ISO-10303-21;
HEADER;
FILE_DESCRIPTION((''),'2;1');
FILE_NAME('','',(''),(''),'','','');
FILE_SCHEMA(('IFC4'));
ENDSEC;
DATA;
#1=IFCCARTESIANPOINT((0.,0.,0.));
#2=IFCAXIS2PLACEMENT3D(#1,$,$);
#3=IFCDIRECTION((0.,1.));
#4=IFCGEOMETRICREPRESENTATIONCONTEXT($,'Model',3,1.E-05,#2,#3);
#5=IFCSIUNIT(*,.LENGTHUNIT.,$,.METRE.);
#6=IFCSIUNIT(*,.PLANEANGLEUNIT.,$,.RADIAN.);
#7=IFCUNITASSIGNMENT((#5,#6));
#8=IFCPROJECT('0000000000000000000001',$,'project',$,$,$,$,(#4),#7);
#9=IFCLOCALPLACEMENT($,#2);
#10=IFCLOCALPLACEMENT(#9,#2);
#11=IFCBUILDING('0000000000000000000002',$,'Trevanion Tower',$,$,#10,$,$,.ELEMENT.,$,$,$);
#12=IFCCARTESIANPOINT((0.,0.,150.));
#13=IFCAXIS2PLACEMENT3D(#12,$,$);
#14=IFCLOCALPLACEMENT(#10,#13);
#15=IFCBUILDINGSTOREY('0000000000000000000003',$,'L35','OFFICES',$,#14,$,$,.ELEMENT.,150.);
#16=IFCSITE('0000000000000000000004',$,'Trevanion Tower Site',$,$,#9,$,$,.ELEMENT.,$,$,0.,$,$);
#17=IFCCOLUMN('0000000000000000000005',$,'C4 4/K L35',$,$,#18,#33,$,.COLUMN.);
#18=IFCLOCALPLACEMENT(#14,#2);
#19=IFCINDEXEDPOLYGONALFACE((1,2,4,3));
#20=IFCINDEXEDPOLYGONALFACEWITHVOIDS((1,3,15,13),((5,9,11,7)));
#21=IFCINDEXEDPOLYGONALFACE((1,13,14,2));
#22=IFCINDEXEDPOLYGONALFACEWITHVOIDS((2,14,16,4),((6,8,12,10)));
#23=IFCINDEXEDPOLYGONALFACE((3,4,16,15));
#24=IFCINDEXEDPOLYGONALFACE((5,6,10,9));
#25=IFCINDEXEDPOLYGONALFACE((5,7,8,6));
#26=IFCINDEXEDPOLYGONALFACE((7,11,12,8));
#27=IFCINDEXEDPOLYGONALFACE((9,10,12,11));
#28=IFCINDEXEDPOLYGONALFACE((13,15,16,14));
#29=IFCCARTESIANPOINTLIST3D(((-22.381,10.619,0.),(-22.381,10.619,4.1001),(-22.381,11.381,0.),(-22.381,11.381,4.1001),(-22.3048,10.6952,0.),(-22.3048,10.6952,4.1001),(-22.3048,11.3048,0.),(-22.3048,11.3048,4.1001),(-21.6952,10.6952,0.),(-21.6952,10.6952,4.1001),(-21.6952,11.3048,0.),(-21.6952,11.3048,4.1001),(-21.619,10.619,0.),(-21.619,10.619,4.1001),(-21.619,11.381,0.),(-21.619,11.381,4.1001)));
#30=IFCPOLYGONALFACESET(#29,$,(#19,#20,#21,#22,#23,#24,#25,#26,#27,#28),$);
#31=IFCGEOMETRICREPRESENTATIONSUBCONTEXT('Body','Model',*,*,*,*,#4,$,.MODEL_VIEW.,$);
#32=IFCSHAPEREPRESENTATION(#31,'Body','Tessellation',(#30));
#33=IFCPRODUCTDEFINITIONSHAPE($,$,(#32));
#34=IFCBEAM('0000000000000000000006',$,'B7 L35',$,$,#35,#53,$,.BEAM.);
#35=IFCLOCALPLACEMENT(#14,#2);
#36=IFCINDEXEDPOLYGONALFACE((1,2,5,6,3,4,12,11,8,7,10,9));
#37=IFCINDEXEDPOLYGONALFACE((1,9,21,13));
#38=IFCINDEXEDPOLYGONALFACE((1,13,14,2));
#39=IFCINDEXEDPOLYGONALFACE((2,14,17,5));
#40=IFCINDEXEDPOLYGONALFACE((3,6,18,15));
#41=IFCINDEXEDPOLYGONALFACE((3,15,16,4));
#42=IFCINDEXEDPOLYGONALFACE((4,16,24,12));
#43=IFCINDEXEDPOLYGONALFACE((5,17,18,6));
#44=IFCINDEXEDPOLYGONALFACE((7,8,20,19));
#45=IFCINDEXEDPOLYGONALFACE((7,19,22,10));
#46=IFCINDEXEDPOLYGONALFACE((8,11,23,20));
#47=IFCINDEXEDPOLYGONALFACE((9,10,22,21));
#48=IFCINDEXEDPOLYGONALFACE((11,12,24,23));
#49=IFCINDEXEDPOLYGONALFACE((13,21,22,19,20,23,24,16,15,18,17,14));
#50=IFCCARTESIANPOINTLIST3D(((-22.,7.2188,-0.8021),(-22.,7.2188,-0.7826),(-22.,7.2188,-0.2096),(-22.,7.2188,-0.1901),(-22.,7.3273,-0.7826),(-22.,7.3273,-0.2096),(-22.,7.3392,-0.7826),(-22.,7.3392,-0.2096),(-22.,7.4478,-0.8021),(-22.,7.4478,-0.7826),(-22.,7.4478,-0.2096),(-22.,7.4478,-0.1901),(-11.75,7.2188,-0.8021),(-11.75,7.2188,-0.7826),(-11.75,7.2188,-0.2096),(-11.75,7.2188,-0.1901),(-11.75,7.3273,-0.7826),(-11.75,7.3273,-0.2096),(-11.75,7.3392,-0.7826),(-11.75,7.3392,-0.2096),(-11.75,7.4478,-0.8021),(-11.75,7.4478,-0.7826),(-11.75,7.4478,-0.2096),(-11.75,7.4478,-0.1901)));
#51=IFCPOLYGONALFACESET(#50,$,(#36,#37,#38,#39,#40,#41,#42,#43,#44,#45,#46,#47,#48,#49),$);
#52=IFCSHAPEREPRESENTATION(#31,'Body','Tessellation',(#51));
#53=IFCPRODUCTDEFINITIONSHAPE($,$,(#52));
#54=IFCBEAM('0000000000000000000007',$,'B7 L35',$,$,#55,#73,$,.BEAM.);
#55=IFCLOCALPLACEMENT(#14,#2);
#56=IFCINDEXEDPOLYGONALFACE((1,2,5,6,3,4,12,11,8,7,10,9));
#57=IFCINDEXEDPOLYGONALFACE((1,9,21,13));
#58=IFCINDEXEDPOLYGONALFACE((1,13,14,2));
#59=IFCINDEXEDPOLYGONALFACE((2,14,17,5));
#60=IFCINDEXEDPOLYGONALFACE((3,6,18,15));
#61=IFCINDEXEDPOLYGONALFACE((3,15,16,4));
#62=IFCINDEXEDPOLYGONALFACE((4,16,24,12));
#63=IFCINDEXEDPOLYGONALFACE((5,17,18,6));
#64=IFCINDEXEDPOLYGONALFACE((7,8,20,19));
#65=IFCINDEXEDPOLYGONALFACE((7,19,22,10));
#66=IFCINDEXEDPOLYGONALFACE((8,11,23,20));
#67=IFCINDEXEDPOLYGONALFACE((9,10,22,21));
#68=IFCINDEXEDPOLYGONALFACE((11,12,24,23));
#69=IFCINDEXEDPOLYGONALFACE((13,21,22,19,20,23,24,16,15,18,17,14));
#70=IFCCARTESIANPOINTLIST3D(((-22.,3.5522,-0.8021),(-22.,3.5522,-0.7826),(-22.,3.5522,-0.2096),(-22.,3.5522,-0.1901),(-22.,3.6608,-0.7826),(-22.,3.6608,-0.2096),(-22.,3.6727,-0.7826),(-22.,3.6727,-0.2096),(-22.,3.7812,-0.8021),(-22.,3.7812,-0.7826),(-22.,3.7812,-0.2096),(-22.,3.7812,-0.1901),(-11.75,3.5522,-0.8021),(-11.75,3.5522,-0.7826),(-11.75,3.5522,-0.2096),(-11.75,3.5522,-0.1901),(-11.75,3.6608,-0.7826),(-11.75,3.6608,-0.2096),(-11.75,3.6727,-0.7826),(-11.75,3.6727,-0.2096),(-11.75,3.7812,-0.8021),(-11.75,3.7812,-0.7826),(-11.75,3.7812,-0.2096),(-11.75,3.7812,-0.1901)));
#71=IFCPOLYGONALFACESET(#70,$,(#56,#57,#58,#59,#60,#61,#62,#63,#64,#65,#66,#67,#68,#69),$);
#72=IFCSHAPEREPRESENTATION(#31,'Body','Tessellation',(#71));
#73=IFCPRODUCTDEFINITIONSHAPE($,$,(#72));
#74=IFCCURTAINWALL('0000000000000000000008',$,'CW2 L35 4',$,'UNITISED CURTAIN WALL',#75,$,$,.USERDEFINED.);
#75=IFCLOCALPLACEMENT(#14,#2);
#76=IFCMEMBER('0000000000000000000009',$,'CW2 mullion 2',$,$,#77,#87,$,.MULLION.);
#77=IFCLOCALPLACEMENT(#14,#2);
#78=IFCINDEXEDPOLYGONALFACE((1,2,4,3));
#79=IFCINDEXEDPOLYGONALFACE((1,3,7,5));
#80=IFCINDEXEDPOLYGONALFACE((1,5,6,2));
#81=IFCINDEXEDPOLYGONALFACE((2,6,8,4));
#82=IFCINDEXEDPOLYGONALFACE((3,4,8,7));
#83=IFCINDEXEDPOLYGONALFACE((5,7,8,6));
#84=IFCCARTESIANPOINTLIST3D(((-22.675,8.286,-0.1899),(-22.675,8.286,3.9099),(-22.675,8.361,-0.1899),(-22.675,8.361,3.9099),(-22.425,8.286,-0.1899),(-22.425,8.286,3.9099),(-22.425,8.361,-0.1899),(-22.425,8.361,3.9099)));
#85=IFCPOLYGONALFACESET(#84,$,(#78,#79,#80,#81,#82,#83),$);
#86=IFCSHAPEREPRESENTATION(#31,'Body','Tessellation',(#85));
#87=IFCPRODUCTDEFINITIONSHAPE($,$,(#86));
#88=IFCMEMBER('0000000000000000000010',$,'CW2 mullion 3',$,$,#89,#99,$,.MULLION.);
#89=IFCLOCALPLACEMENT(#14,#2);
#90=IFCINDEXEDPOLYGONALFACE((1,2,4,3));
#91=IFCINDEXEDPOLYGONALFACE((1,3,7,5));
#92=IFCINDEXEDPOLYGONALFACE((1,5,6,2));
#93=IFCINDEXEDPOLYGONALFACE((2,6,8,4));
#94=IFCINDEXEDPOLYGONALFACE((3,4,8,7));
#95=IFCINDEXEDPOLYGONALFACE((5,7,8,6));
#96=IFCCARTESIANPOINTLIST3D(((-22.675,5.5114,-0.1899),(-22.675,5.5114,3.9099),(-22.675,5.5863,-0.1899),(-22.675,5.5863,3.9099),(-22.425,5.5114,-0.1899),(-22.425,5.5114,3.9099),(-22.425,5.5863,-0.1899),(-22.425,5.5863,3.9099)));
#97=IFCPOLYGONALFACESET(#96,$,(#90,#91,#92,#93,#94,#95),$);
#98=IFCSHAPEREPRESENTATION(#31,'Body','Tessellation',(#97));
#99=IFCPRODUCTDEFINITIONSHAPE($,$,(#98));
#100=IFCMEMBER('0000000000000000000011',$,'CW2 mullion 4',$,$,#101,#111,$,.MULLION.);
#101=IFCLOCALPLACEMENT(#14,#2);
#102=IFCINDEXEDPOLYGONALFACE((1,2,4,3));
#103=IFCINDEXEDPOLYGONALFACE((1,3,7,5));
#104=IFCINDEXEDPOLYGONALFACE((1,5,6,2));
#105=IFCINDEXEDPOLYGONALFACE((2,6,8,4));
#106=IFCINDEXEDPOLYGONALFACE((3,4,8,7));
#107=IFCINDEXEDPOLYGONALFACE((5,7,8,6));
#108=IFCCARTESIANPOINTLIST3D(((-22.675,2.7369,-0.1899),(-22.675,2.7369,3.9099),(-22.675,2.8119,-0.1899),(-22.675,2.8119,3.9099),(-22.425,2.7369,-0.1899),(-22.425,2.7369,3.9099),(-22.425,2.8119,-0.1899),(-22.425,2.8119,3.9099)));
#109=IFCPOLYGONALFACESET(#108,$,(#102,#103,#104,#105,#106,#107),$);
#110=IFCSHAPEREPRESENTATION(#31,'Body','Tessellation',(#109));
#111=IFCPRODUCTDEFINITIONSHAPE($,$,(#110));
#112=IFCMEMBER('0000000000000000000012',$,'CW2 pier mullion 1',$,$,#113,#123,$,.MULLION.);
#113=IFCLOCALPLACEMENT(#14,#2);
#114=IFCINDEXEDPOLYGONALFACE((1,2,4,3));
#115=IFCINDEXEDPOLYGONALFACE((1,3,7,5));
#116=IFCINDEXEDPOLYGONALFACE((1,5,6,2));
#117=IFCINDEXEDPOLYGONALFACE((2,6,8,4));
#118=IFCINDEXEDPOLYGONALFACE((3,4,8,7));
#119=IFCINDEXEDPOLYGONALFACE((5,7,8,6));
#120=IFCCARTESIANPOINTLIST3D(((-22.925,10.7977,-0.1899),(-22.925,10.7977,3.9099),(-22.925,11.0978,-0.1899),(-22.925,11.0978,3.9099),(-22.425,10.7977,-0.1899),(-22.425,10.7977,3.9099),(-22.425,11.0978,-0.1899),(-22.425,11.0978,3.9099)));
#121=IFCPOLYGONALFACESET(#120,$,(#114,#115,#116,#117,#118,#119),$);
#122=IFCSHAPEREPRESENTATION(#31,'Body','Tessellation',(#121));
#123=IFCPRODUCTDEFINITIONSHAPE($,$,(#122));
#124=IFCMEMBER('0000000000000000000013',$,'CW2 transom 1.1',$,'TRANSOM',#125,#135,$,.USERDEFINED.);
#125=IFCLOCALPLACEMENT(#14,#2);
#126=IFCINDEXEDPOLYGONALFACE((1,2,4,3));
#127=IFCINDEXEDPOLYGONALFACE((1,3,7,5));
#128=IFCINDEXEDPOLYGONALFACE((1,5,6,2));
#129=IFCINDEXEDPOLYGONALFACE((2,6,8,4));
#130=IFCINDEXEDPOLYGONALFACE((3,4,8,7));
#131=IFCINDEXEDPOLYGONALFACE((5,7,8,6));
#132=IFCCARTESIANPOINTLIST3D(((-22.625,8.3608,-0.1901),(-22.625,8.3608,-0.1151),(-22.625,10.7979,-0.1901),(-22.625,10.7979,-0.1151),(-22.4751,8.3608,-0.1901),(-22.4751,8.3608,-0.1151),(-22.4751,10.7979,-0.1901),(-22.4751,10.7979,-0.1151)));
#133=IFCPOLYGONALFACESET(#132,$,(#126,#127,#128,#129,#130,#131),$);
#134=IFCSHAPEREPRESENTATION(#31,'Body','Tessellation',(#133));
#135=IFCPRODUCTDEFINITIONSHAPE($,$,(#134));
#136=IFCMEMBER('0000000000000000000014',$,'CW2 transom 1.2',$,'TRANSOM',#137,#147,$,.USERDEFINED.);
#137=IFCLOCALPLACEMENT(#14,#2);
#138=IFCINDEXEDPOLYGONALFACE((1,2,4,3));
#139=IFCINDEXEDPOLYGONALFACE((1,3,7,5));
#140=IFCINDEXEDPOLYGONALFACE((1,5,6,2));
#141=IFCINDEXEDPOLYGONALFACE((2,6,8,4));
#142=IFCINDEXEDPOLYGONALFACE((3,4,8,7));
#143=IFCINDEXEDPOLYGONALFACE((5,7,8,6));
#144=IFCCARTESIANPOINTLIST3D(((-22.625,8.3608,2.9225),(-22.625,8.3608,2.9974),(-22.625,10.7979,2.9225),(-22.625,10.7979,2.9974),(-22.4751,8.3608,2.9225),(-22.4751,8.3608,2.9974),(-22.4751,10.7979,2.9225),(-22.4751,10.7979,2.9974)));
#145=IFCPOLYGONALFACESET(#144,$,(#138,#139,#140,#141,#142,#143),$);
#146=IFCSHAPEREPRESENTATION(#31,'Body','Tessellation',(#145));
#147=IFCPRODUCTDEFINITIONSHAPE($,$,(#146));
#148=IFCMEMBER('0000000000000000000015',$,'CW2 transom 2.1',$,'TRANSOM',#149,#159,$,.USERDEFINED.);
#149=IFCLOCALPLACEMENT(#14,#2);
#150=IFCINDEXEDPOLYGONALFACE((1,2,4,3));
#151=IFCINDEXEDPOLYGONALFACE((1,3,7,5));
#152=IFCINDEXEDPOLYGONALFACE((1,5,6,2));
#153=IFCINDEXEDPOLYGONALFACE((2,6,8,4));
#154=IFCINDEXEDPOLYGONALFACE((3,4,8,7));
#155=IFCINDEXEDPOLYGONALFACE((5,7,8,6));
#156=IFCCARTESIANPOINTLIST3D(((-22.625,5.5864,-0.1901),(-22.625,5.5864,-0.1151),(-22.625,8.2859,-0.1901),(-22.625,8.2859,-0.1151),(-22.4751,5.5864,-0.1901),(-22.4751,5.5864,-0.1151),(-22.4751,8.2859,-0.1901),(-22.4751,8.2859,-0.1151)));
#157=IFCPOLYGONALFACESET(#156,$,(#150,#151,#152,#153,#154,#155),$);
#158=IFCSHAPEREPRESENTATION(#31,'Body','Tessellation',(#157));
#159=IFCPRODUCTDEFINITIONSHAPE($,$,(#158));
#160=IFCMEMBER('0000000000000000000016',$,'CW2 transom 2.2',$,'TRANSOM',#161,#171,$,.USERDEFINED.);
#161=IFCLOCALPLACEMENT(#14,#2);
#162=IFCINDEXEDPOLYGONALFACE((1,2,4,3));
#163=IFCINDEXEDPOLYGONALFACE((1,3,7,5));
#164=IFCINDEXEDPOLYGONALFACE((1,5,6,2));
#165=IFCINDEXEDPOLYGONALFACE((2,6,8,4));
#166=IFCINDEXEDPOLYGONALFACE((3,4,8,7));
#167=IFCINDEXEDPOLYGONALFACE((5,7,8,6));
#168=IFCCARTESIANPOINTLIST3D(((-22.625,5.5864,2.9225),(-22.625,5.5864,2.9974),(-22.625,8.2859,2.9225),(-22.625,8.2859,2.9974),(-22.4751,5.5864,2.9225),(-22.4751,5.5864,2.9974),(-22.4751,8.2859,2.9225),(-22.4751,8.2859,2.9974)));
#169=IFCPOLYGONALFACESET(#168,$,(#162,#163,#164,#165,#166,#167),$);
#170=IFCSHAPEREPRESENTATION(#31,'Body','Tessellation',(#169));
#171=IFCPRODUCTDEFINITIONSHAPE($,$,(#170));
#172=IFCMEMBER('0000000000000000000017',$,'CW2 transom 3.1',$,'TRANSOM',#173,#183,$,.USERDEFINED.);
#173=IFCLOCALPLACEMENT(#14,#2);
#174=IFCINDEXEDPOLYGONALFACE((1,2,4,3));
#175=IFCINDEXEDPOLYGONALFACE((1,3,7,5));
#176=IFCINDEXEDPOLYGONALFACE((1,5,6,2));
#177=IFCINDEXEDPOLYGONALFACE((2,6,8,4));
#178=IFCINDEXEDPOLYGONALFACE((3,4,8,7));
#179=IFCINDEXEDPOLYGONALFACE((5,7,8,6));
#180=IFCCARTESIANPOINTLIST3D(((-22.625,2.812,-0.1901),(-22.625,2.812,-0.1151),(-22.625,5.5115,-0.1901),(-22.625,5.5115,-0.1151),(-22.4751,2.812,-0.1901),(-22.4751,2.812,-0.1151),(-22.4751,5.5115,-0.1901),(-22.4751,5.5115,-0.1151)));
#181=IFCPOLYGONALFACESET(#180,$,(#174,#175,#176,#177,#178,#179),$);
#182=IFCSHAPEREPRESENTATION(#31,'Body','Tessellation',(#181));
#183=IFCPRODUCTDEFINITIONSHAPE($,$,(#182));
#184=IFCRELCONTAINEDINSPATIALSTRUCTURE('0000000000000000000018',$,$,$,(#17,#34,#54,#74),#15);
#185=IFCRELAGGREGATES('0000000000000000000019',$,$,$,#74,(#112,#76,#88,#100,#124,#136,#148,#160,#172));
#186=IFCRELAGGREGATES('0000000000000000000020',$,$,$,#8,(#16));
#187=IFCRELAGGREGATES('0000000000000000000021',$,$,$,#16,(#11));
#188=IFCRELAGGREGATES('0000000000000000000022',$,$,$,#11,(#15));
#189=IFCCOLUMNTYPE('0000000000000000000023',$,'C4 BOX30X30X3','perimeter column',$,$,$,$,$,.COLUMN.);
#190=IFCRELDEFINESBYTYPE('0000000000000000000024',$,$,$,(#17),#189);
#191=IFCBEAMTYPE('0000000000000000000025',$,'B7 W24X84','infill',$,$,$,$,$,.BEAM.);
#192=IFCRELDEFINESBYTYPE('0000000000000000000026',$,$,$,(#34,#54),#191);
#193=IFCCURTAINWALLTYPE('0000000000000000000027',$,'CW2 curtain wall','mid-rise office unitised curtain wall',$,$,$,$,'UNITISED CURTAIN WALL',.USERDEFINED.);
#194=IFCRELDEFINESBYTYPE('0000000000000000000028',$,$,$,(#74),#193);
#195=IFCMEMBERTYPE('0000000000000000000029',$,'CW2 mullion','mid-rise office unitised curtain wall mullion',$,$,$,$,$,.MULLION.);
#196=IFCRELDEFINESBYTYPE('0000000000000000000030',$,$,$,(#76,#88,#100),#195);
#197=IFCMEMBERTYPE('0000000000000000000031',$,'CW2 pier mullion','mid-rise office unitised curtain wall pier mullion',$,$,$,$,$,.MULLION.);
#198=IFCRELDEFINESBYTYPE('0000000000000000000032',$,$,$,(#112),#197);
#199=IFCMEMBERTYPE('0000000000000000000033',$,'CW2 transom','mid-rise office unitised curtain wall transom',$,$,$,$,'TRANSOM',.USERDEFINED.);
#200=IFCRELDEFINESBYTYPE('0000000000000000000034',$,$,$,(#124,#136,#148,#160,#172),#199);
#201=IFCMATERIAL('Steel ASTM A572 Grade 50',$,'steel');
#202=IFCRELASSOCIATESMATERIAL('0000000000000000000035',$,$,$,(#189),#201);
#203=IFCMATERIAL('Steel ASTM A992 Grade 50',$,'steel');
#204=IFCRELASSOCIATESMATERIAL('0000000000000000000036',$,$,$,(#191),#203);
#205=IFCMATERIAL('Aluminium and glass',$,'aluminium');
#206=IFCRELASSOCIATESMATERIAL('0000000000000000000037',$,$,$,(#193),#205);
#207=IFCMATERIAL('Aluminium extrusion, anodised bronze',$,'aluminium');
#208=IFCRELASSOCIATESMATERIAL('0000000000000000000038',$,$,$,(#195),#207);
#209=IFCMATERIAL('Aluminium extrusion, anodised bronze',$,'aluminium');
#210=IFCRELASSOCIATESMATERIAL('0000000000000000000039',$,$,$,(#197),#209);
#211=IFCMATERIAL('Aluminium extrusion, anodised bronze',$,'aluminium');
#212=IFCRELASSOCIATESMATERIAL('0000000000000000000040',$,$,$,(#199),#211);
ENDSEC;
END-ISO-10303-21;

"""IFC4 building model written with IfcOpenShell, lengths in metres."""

from ifc_helpers import new_model, si_unit, direction, frame, origin, origin_2d, place, context, subcontext, project, spatial, rectangle, hollow_rectangle, i_section, extrude, material, material_profile, profile_set, type_object, element, aggregate, save


model = new_model("IFC4")

# Units and contexts
model_context = context("Model", 3, precision=1e-05, world=origin(), true_north=direction((0.0, 1.0)))
body_context = subcontext(model_context, "Body", "Model", "MODEL_VIEW")
ifc_project = project(units=[si_unit("LENGTHUNIT", "METRE"), si_unit("PLANEANGLEUNIT", "RADIAN")], contexts=[model_context])

# Site, building, storey
site_placement = place(None, origin())
site = spatial("IfcSite", under=ifc_project, at=site_placement, Name="Trevanion Tower Site", CompositionType="ELEMENT", RefElevation=0.0)
building_placement = place(site_placement, origin())
building = spatial("IfcBuilding", under=site, at=building_placement, Name="Trevanion Tower", CompositionType="ELEMENT")
storey_placement = place(building_placement, frame((0.0, 0.0, 150.0)))
storey = spatial("IfcBuildingStorey", under=building, at=storey_placement, Name="L35", Description="OFFICES", CompositionType="ELEMENT", Elevation=150.0)

# Column
ifc_material_1 = material(Name="Steel ASTM A572 Grade 50", Category="steel")
ifc_material_profile_1 = material_profile(ifc_material_1, hollow_rectangle(XDim=0.762, YDim=0.762, WallThickness=0.0762, at=origin_2d()), Name="BOX30X30X3")
ifc_profile_set_1 = profile_set([ifc_material_profile_1], Name="Steel ASTM A572 Grade 50")
column_type = type_object("IfcColumnType", Name="C4 BOX30X30X3", Description="perimeter column", PredefinedType="COLUMN", material=ifc_profile_set_1)
column_placement = place(storey_placement, frame((-22.0, 11.0, 0.0), z_axis=(0.0, 0.0, 1.0), x_axis=(0.0, 1.0, 0.0)))
element("IfcColumn", 1, at=column_placement, inside=storey, type_object=column_type, Name="C4 4/K L35", PredefinedType="COLUMN", context=body_context, shape_type="SweptSolid", body=[
    extrude(hollow_rectangle(XDim=0.762, YDim=0.762, WallThickness=0.0762, at=origin_2d()), origin(), (0.0, 0.0, 1.0), 4.1001),
])

# Beams
ifc_material_2 = material(Name="Steel ASTM A992 Grade 50", Category="steel")
ifc_material_profile_2 = material_profile(ifc_material_2, i_section(OverallWidth=0.229, OverallDepth=0.6121, WebThickness=0.012, FlangeThickness=0.0195, at=origin_2d()), Name="W24X84")
ifc_profile_set_2 = profile_set([ifc_material_profile_2], Name="Steel ASTM A992 Grade 50")
beam_type_1 = type_object("IfcBeamType", Name="B7 W24X84", Description="infill", PredefinedType="BEAM", material=ifc_profile_set_2)
for number, where, z_axis, x_axis, name in (
    (2, (-11.75, 7.3333, -0.4961), (-1.0, 0.0, 0.0), (0.0, -1.0, 0.0), "B7 L35"),
    (3, (-11.75, 3.6667, -0.4961), (-1.0, 0.0, 0.0), (0.0, -1.0, 0.0), "B7 L35"),
):
    element("IfcBeam", number, at=place(storey_placement, frame(where, z_axis=z_axis, x_axis=x_axis)), inside=storey, type_object=beam_type_1, Name=name, PredefinedType="BEAM", context=body_context, shape_type="SweptSolid", body=[
        extrude(i_section(OverallWidth=0.229, OverallDepth=0.6121, WebThickness=0.012, FlangeThickness=0.0195, at=origin_2d()), origin(), (0.0, 0.0, 1.0), 10.25),
    ])

# Curtain wall, members
ifc_material_3 = material(Name="Aluminium and glass", Category="aluminium")
curtain_wall_type = type_object("IfcCurtainWallType", Name="CW2 curtain wall", Description="mid-rise office unitised curtain wall", ElementType="UNITISED CURTAIN WALL", PredefinedType="USERDEFINED", material=ifc_material_3)
curtain_wall_placement = place(storey_placement, origin())
curtain_wall = element("IfcCurtainWall", 4, at=curtain_wall_placement, inside=storey, type_object=curtain_wall_type, Name="CW2 L35 4", ObjectType="UNITISED CURTAIN WALL", PredefinedType="USERDEFINED")
ifc_material_4 = material(Name="Aluminium extrusion, anodised bronze", Category="aluminium")
ifc_material_profile_3 = material_profile(ifc_material_4, rectangle(XDim=0.075, YDim=0.25, at=origin_2d()), Name="CW2 mullion")
ifc_profile_set_3 = profile_set([ifc_material_profile_3], Name="Aluminium extrusion, anodised bronze")
member_type_1 = type_object("IfcMemberType", Name="CW2 mullion", Description="mid-rise office unitised curtain wall mullion", PredefinedType="MULLION", material=ifc_profile_set_3)
member_1_placement = place(storey_placement, frame((-22.55, 8.3235, -0.1899), z_axis=(0.0, 0.0, 1.0), x_axis=(0.0, -1.0, 0.0)))
member_1 = element("IfcMember", 5, at=member_1_placement, type_object=member_type_1, Name="CW2 mullion 2", PredefinedType="MULLION", context=body_context, shape_type="SweptSolid", body=[
    extrude(rectangle(XDim=0.075, YDim=0.25, at=origin_2d()), origin(), (0.0, 0.0, 1.0), 4.0999),
])
member_2_placement = place(storey_placement, frame((-22.55, 5.5488, -0.1899), z_axis=(0.0, 0.0, 1.0), x_axis=(0.0, -1.0, 0.0)))
member_2 = element("IfcMember", 6, at=member_2_placement, type_object=member_type_1, Name="CW2 mullion 3", PredefinedType="MULLION", context=body_context, shape_type="SweptSolid", body=[
    extrude(rectangle(XDim=0.075, YDim=0.25, at=origin_2d()), origin(), (0.0, 0.0, 1.0), 4.0999),
])
member_3_placement = place(storey_placement, frame((-22.55, 2.7744, -0.1899), z_axis=(0.0, 0.0, 1.0), x_axis=(0.0, -1.0, 0.0)))
member_3 = element("IfcMember", 7, at=member_3_placement, type_object=member_type_1, Name="CW2 mullion 4", PredefinedType="MULLION", context=body_context, shape_type="SweptSolid", body=[
    extrude(rectangle(XDim=0.075, YDim=0.25, at=origin_2d()), origin(), (0.0, 0.0, 1.0), 4.0999),
])
ifc_material_5 = material(Name="Aluminium extrusion, anodised bronze", Category="aluminium")
ifc_material_profile_4 = material_profile(ifc_material_5, rectangle(XDim=0.3, YDim=0.5, at=origin_2d()), Name="CW2 pier mullion")
ifc_profile_set_4 = profile_set([ifc_material_profile_4], Name="Aluminium extrusion, anodised bronze")
member_type_2 = type_object("IfcMemberType", Name="CW2 pier mullion", Description="mid-rise office unitised curtain wall pier mullion", PredefinedType="MULLION", material=ifc_profile_set_4)
member_4_placement = place(storey_placement, frame((-22.675, 10.9478, -0.1899), z_axis=(0.0, 0.0, 1.0), x_axis=(0.0, -1.0, 0.0)))
member_4 = element("IfcMember", 8, at=member_4_placement, type_object=member_type_2, Name="CW2 pier mullion 1", PredefinedType="MULLION", context=body_context, shape_type="SweptSolid", body=[
    extrude(rectangle(XDim=0.3, YDim=0.5, at=origin_2d()), origin(), (0.0, 0.0, 1.0), 4.0999),
])
ifc_material_6 = material(Name="Aluminium extrusion, anodised bronze", Category="aluminium")
ifc_material_profile_5 = material_profile(ifc_material_6, rectangle(XDim=0.1499, YDim=0.075, at=origin_2d()), Name="CW2 transom")
ifc_profile_set_5 = profile_set([ifc_material_profile_5], Name="Aluminium extrusion, anodised bronze")
member_type_3 = type_object("IfcMemberType", Name="CW2 transom", Description="mid-rise office unitised curtain wall transom", ElementType="TRANSOM", PredefinedType="USERDEFINED", material=ifc_profile_set_5)
member_5_placement = place(storey_placement, frame((-22.55, 10.7979, -0.1526), z_axis=(0.0, -1.0, 0.0), x_axis=(1.0, 0.0, 0.0)))
member_5 = element("IfcMember", 9, at=member_5_placement, type_object=member_type_3, Name="CW2 transom 1.1", ObjectType="TRANSOM", PredefinedType="USERDEFINED", context=body_context, shape_type="SweptSolid", body=[
    extrude(rectangle(XDim=0.1499, YDim=0.075, at=origin_2d()), origin(), (0.0, 0.0, 1.0), 2.437),
])
member_6_placement = place(storey_placement, frame((-22.55, 10.7979, 2.96), z_axis=(0.0, -1.0, 0.0), x_axis=(1.0, 0.0, 0.0)))
member_6 = element("IfcMember", 10, at=member_6_placement, type_object=member_type_3, Name="CW2 transom 1.2", ObjectType="TRANSOM", PredefinedType="USERDEFINED", context=body_context, shape_type="SweptSolid", body=[
    extrude(rectangle(XDim=0.1499, YDim=0.075, at=origin_2d()), origin(), (0.0, 0.0, 1.0), 2.437),
])
member_7_placement = place(storey_placement, frame((-22.55, 8.2859, -0.1526), z_axis=(0.0, -1.0, 0.0), x_axis=(1.0, 0.0, 0.0)))
member_7 = element("IfcMember", 11, at=member_7_placement, type_object=member_type_3, Name="CW2 transom 2.1", ObjectType="TRANSOM", PredefinedType="USERDEFINED", context=body_context, shape_type="SweptSolid", body=[
    extrude(rectangle(XDim=0.1499, YDim=0.075, at=origin_2d()), origin(), (0.0, 0.0, 1.0), 2.6995),
])
member_8_placement = place(storey_placement, frame((-22.55, 8.2859, 2.96), z_axis=(0.0, -1.0, 0.0), x_axis=(1.0, 0.0, 0.0)))
member_8 = element("IfcMember", 12, at=member_8_placement, type_object=member_type_3, Name="CW2 transom 2.2", ObjectType="TRANSOM", PredefinedType="USERDEFINED", context=body_context, shape_type="SweptSolid", body=[
    extrude(rectangle(XDim=0.1499, YDim=0.075, at=origin_2d()), origin(), (0.0, 0.0, 1.0), 2.6995),
])
member_9_placement = place(storey_placement, frame((-22.55, 5.5115, -0.1526), z_axis=(0.0, -1.0, 0.0), x_axis=(1.0, 0.0, 0.0)))
member_9 = element("IfcMember", 13, at=member_9_placement, type_object=member_type_3, Name="CW2 transom 3.1", ObjectType="TRANSOM", PredefinedType="USERDEFINED", context=body_context, shape_type="SweptSolid", body=[
    extrude(rectangle(XDim=0.1499, YDim=0.075, at=origin_2d()), origin(), (0.0, 0.0, 1.0), 2.6995),
])

aggregate(curtain_wall, [member_4, member_1, member_2, member_3, member_5, member_6, member_7, member_8, member_9])

save(model, "model.ifc")
